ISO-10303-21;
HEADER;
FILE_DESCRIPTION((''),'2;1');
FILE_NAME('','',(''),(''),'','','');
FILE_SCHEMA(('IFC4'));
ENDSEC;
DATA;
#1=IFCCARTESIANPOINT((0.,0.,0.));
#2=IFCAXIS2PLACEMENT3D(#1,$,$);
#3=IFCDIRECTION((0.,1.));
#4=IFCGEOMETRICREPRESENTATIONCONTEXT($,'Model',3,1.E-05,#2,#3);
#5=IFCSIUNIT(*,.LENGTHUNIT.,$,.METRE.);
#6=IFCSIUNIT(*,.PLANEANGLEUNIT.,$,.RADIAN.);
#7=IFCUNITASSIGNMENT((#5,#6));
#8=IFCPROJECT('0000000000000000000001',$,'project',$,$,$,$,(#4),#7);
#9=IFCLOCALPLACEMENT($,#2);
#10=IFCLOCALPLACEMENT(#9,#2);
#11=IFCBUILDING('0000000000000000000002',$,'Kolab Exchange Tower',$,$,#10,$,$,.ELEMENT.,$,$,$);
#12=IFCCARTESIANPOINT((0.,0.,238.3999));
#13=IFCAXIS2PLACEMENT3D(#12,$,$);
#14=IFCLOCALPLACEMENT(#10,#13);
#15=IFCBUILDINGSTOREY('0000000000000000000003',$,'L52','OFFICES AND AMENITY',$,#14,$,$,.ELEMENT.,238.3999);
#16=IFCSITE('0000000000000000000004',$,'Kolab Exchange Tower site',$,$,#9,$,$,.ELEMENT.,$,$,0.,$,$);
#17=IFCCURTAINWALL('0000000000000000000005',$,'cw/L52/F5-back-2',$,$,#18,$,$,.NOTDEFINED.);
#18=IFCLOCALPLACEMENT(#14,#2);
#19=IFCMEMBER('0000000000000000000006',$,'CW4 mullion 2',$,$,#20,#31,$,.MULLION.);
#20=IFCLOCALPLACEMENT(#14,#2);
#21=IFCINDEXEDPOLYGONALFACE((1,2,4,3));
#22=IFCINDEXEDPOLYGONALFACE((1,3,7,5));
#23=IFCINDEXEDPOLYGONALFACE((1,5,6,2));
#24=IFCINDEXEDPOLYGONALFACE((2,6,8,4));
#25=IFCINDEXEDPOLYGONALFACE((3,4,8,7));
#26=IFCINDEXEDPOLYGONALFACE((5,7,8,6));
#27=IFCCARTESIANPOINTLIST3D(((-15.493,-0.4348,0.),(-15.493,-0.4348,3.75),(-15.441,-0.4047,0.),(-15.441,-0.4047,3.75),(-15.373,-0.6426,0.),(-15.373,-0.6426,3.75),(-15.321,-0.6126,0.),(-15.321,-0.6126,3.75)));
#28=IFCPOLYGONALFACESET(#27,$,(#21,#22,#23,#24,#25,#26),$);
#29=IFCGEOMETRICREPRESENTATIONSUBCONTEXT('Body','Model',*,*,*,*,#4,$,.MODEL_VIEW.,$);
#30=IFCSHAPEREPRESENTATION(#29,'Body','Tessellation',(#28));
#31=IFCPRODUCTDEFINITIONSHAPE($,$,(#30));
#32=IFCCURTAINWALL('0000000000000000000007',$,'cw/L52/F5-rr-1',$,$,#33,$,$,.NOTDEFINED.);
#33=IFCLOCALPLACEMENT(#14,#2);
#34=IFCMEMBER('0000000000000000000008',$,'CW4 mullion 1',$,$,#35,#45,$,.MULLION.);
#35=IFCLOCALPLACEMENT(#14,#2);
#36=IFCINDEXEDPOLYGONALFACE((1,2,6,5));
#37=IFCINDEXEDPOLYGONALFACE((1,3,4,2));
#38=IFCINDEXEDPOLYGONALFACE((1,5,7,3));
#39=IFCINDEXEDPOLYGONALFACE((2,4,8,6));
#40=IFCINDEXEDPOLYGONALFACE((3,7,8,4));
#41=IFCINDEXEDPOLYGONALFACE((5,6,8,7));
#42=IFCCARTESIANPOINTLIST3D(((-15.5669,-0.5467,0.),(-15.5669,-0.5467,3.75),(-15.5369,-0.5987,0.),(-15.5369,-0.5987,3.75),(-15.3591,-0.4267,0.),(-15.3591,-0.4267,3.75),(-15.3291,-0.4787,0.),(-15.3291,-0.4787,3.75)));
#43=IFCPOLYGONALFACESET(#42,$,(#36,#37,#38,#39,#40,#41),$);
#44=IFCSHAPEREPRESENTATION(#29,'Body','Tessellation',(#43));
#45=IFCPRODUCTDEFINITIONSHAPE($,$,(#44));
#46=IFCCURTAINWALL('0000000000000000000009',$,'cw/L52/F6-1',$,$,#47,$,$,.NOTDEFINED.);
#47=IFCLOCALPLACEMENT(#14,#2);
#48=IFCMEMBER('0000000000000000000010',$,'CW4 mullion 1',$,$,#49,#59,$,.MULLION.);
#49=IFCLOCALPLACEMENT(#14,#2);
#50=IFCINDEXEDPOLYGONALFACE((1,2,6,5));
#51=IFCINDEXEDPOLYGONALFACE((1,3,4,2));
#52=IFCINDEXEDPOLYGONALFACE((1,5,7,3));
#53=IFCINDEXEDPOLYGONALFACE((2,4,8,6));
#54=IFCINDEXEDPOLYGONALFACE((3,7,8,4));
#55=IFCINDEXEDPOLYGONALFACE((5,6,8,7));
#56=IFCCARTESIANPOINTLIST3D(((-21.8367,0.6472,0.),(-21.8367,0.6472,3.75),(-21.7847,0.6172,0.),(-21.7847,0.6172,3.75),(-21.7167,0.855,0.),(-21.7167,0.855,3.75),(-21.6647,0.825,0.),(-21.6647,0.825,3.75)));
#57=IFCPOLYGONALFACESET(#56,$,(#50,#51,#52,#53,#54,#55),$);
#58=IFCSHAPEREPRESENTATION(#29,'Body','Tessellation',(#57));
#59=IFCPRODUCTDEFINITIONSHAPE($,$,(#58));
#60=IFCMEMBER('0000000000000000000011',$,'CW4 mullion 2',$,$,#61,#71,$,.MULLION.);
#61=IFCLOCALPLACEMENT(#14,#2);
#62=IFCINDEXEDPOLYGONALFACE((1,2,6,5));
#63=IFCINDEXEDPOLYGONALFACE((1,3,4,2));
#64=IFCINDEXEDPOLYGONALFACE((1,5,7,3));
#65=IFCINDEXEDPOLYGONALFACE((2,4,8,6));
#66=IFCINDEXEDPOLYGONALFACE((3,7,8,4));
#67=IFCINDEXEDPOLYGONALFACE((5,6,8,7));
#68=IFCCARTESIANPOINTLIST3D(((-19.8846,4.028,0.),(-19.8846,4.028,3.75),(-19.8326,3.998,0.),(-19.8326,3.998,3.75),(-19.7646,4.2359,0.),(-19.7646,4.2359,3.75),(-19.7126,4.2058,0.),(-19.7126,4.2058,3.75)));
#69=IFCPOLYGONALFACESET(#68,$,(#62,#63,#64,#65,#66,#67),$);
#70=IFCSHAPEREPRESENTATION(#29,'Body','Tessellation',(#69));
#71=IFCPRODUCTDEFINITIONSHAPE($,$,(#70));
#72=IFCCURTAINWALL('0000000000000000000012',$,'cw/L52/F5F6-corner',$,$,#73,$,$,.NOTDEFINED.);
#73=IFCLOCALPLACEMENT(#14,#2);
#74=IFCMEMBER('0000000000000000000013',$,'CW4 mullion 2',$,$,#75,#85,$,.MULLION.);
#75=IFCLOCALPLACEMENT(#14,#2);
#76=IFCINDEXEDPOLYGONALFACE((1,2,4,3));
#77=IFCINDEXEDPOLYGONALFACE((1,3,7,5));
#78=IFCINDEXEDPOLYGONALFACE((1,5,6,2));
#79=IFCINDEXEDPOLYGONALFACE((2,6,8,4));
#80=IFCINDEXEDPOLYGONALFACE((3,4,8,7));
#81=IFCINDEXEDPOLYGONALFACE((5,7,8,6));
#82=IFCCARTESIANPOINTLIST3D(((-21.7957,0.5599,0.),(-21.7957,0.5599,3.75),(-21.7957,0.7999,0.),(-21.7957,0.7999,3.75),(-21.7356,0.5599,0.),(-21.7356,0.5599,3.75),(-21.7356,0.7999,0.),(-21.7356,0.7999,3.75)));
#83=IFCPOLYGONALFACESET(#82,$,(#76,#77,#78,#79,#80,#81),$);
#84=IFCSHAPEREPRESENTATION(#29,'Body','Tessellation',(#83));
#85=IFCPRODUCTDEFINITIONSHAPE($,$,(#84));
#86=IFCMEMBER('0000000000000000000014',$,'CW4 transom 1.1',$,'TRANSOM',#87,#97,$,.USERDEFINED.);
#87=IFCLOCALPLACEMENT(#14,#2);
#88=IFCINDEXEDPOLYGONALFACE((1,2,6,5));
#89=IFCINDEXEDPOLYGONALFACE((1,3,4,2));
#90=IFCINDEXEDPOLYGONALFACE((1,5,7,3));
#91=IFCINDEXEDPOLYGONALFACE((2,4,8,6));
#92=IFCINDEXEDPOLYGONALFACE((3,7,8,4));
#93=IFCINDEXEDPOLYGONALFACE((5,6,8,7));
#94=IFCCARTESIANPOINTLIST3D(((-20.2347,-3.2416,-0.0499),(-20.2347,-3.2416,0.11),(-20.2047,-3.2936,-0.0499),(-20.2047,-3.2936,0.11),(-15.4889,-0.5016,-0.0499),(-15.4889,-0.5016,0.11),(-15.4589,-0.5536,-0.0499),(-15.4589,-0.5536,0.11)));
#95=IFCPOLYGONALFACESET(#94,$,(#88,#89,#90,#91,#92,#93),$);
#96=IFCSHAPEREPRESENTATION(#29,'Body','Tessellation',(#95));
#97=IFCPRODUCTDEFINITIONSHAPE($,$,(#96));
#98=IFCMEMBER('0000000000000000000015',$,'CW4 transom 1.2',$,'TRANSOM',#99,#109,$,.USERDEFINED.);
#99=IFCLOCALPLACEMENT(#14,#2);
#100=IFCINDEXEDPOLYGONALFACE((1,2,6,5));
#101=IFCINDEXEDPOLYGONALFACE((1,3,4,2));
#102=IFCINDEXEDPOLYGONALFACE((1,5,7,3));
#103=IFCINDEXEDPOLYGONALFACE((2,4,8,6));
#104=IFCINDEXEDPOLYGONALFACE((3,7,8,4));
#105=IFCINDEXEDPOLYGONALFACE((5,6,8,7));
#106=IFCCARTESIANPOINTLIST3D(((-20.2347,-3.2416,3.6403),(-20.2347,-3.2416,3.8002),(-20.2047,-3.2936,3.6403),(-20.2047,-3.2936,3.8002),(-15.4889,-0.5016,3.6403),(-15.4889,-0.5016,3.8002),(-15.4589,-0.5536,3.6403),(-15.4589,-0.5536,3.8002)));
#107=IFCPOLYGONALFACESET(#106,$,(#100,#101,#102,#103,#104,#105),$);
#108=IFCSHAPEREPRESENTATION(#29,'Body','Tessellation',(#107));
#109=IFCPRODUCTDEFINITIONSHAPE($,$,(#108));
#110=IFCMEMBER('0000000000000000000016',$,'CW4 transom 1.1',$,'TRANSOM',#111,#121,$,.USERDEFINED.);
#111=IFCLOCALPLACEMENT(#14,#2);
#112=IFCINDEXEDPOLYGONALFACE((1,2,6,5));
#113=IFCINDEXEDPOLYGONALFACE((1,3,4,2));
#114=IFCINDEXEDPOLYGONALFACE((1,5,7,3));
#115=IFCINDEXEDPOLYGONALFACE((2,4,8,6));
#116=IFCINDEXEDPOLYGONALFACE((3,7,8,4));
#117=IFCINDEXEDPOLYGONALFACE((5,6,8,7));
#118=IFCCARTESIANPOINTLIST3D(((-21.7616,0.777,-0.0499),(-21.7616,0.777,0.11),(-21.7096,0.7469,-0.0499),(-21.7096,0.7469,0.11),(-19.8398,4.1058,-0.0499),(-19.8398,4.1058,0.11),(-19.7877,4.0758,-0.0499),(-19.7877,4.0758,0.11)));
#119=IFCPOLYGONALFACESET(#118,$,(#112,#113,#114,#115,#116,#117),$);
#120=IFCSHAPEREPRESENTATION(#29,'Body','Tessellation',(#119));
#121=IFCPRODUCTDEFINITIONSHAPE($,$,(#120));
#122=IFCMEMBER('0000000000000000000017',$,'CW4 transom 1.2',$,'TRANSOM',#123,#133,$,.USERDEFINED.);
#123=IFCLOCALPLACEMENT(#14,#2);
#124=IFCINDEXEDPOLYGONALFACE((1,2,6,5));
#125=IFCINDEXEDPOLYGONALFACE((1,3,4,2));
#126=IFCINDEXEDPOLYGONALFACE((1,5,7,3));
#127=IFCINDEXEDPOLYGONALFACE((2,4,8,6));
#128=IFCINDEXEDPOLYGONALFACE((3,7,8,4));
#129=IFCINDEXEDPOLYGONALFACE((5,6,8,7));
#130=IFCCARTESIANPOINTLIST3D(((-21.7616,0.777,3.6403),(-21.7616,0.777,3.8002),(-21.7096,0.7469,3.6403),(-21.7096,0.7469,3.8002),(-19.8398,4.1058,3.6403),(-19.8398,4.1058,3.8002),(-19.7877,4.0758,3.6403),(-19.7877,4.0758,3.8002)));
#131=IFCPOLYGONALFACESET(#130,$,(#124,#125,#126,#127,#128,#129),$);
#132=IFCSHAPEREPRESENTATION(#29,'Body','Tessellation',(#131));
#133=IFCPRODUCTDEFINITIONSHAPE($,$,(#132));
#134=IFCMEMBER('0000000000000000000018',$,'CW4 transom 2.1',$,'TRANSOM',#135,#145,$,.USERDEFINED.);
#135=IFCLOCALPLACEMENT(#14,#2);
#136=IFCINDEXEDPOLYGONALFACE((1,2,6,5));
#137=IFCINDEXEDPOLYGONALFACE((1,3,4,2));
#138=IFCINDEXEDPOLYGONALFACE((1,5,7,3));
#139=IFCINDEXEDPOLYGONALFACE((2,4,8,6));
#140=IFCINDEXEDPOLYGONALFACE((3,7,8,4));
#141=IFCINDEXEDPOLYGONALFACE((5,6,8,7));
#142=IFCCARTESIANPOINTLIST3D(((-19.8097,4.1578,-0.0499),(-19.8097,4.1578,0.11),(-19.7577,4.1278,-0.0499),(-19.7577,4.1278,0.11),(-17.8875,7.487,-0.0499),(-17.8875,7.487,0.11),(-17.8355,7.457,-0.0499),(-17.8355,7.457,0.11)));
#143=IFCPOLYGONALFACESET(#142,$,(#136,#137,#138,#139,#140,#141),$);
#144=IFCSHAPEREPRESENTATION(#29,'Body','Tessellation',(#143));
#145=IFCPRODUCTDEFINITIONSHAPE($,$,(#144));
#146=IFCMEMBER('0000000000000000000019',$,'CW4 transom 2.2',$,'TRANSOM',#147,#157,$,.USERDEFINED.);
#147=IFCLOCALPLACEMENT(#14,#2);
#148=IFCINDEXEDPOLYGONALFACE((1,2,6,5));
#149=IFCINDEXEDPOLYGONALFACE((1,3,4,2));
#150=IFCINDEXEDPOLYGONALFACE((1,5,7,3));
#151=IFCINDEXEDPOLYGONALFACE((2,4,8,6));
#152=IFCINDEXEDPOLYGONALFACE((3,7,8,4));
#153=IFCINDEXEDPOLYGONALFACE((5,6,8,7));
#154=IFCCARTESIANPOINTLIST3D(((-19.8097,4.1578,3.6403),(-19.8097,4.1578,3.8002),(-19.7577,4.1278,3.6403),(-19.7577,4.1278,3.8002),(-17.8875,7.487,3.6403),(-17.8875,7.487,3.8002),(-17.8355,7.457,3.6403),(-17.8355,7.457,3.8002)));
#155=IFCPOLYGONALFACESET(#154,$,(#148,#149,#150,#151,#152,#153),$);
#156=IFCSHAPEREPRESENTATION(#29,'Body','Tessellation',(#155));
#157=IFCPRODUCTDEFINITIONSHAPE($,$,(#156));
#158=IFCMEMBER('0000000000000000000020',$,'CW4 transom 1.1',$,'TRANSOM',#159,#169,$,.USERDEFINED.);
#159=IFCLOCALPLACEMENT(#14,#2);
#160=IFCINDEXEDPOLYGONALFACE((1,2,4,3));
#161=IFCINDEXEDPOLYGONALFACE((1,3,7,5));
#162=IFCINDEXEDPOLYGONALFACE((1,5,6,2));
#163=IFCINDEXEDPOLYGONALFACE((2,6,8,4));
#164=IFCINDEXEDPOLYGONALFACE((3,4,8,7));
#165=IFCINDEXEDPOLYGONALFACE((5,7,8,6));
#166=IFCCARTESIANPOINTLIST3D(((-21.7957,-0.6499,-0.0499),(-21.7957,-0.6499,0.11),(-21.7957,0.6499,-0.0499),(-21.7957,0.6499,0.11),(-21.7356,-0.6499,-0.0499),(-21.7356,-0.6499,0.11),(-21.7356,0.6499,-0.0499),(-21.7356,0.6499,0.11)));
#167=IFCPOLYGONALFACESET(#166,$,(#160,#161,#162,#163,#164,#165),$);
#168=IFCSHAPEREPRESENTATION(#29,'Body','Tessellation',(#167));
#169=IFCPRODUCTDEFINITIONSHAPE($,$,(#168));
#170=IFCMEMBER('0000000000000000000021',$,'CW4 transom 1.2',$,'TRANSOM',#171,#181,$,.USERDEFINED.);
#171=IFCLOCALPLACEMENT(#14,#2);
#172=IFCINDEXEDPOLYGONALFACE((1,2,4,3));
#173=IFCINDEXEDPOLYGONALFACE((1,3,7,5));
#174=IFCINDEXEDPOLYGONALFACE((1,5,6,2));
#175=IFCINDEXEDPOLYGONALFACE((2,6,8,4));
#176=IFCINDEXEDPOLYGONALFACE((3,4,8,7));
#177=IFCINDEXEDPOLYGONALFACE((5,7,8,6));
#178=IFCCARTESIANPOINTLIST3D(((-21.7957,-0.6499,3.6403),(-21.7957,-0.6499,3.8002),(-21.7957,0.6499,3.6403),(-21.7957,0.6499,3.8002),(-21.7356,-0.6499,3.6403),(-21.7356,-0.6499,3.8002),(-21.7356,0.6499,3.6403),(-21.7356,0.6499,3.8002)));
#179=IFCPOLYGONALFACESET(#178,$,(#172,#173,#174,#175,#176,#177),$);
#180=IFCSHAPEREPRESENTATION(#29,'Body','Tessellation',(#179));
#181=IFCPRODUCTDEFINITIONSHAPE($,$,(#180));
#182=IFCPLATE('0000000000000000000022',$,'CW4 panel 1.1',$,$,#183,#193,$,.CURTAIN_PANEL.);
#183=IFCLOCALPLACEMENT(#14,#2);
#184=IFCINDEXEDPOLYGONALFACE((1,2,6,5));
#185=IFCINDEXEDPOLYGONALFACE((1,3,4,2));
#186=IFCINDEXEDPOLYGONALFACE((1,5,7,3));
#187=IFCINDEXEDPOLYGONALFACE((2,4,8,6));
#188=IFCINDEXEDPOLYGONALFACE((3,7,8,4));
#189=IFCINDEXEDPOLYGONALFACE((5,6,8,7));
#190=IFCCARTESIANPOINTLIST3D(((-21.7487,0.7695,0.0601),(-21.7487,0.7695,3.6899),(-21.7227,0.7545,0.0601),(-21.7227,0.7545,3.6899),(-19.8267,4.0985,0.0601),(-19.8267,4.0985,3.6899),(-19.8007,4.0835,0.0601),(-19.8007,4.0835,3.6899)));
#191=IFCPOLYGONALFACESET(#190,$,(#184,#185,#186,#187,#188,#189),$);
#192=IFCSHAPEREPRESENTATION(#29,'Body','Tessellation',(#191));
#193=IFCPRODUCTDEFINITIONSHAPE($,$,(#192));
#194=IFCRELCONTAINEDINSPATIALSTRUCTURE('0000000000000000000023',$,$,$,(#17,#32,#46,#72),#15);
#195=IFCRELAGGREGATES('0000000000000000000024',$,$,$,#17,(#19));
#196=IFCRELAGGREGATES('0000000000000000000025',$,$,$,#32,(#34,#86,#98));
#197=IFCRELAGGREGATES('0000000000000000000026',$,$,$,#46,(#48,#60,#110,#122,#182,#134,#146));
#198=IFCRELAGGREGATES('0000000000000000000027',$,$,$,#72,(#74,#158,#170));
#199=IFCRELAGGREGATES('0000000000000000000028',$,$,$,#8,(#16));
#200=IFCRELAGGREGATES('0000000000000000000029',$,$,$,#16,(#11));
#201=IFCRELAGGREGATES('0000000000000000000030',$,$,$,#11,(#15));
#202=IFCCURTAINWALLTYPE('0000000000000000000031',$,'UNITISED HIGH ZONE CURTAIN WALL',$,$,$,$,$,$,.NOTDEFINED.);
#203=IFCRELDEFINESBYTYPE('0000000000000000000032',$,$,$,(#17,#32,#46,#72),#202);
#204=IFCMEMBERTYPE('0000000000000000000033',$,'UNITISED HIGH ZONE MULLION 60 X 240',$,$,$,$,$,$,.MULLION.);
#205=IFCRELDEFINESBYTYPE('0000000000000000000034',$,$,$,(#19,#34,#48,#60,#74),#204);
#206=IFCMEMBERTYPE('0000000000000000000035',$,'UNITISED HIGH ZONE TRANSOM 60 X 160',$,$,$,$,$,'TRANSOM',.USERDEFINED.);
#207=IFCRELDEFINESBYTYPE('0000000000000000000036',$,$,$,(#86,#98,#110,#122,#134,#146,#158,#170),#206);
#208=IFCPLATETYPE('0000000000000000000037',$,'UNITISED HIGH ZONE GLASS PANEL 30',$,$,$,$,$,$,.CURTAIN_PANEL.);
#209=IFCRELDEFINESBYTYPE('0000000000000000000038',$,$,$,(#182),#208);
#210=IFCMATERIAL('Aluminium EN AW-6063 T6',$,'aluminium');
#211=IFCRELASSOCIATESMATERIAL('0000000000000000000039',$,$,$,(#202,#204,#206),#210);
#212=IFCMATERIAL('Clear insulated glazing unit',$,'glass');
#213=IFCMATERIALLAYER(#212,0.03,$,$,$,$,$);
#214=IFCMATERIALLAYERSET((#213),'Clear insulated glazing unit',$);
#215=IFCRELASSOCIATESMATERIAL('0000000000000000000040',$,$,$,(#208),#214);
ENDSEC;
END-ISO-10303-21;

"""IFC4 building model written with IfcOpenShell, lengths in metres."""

from ifc_helpers import new_model, si_unit, direction, frame, origin, origin_2d, place, context, subcontext, project, spatial, rectangle, extrude, material, layer, layer_set, material_profile, profile_set, type_object, element, aggregate, save


model = new_model("IFC4")

# Units and contexts
model_context = context("Model", 3, precision=1e-05, world=origin(), true_north=direction((0.0, 1.0)))
body_context = subcontext(model_context, "Body", "Model", "MODEL_VIEW")
ifc_project = project(units=[si_unit("LENGTHUNIT", "METRE"), si_unit("PLANEANGLEUNIT", "RADIAN")], contexts=[model_context])

# Site, building, storey
site_placement = place(None, origin())
site = spatial("IfcSite", under=ifc_project, at=site_placement, Name="Kolab Exchange Tower site", CompositionType="ELEMENT", RefElevation=0.0)
building_placement = place(site_placement, origin())
building = spatial("IfcBuilding", under=site, at=building_placement, Name="Kolab Exchange Tower", CompositionType="ELEMENT")
storey_placement = place(building_placement, frame((0.0, 0.0, 238.3999)))
storey = spatial("IfcBuildingStorey", under=building, at=storey_placement, Name="L52", Description="OFFICES AND AMENITY", CompositionType="ELEMENT", Elevation=238.3999)

# Curtain walls, members
ifc_material_1 = material(Name="Aluminium EN AW-6063 T6", Category="aluminium")
curtain_wall_type = type_object("IfcCurtainWallType", Name="UNITISED HIGH ZONE CURTAIN WALL", PredefinedType="NOTDEFINED", material=ifc_material_1)
curtain_wall_1_placement = place(storey_placement, origin())
curtain_wall_1 = element("IfcCurtainWall", 1, at=curtain_wall_1_placement, inside=storey, type_object=curtain_wall_type, Name="cw/L52/F5-back-2", PredefinedType="NOTDEFINED")
ifc_material_profile_1 = material_profile(ifc_material_1, rectangle(XDim=0.0601, YDim=0.24, at=origin_2d()), Name="RECT 60X240")
ifc_profile_set_1 = profile_set([ifc_material_profile_1], Name="Aluminium EN AW-6063 T6")
member_type_1 = type_object("IfcMemberType", Name="UNITISED HIGH ZONE MULLION 60 X 240", PredefinedType="MULLION", material=ifc_profile_set_1)
member_1_placement = place(storey_placement, frame((-15.407, -0.5237, 0.0), z_axis=(0.0, 0.0, 1.0), x_axis=(-0.866025, -0.5, 0.0)))
member_1 = element("IfcMember", 2, at=member_1_placement, type_object=member_type_1, Name="CW4 mullion 2", PredefinedType="MULLION", context=body_context, shape_type="SweptSolid", body=[
    extrude(rectangle(XDim=0.0601, YDim=0.24, at=origin_2d()), origin(), (0.0, 0.0, 1.0), 3.75),
])
aggregate(curtain_wall_1, [member_1])
curtain_wall_2_placement = place(storey_placement, origin())
curtain_wall_2 = element("IfcCurtainWall", 3, at=curtain_wall_2_placement, inside=storey, type_object=curtain_wall_type, Name="cw/L52/F5-rr-1", PredefinedType="NOTDEFINED")
member_2_placement = place(storey_placement, frame((-15.448, -0.5127, 0.0), z_axis=(0.0, 0.0, 1.0), x_axis=(0.5, -0.866025, 0.0)))
member_2 = element("IfcMember", 4, at=member_2_placement, type_object=member_type_1, Name="CW4 mullion 1", PredefinedType="MULLION", context=body_context, shape_type="SweptSolid", body=[
    extrude(rectangle(XDim=0.0601, YDim=0.24, at=origin_2d()), origin(), (0.0, 0.0, 1.0), 3.75),
])

# Curtain wall, members
curtain_wall_3_placement = place(storey_placement, origin())
curtain_wall_3 = element("IfcCurtainWall", 5, at=curtain_wall_3_placement, inside=storey, type_object=curtain_wall_type, Name="cw/L52/F6-1", PredefinedType="NOTDEFINED")
member_3_placement = place(storey_placement, frame((-21.7507, 0.7361, 0.0), z_axis=(0.0, 0.0, 1.0), x_axis=(-0.866025, 0.5, 0.0)))
member_3 = element("IfcMember", 6, at=member_3_placement, type_object=member_type_1, Name="CW4 mullion 1", PredefinedType="MULLION", context=body_context, shape_type="SweptSolid", body=[
    extrude(rectangle(XDim=0.0601, YDim=0.24, at=origin_2d()), origin(), (0.0, 0.0, 1.0), 3.75),
])
member_4_placement = place(storey_placement, frame((-19.7986, 4.1169, 0.0), z_axis=(0.0, 0.0, 1.0), x_axis=(-0.866025, 0.5, 0.0)))
member_4 = element("IfcMember", 7, at=member_4_placement, type_object=member_type_1, Name="CW4 mullion 2", PredefinedType="MULLION", context=body_context, shape_type="SweptSolid", body=[
    extrude(rectangle(XDim=0.0601, YDim=0.24, at=origin_2d()), origin(), (0.0, 0.0, 1.0), 3.75),
])

# Curtain wall, member
curtain_wall_4_placement = place(storey_placement, origin())
curtain_wall_4 = element("IfcCurtainWall", 8, at=curtain_wall_4_placement, inside=storey, type_object=curtain_wall_type, Name="cw/L52/F5F6-corner", PredefinedType="NOTDEFINED")
member_5_placement = place(storey_placement, frame((-21.7656, 0.6799, 0.0), z_axis=(0.0, 0.0, 1.0), x_axis=(-1.0, 0.0, 0.0)))
member_5 = element("IfcMember", 9, at=member_5_placement, type_object=member_type_1, Name="CW4 mullion 2", PredefinedType="MULLION", context=body_context, shape_type="SweptSolid", body=[
    extrude(rectangle(XDim=0.0601, YDim=0.24, at=origin_2d()), origin(), (0.0, 0.0, 1.0), 3.75),
])

# Members
ifc_material_profile_2 = material_profile(ifc_material_1, rectangle(XDim=0.0601, YDim=0.1599, at=origin_2d()), Name="RECT 60X160")
ifc_profile_set_2 = profile_set([ifc_material_profile_2], Name="Aluminium EN AW-6063 T6")
member_type_2 = type_object("IfcMemberType", Name="UNITISED HIGH ZONE TRANSOM 60 X 160", ElementType="TRANSOM", PredefinedType="USERDEFINED", material=ifc_profile_set_2)
member_6_placement = place(storey_placement, frame((-15.4739, -0.5276, 0.03), z_axis=(-0.866028, -0.499996, 0.0), x_axis=(0.499996, -0.866028, 0.0)))
member_6 = element("IfcMember", 10, at=member_6_placement, type_object=member_type_2, Name="CW4 transom 1.1", ObjectType="TRANSOM", PredefinedType="USERDEFINED", context=body_context, shape_type="SweptSolid", body=[
    extrude(rectangle(XDim=0.0601, YDim=0.1599, at=origin_2d()), origin(), (0.0, 0.0, 1.0), 5.48),
])
member_7_placement = place(storey_placement, frame((-15.4739, -0.5276, 3.7202), z_axis=(-0.866028, -0.499996, 0.0), x_axis=(0.499996, -0.866028, 0.0)))
member_7 = element("IfcMember", 11, at=member_7_placement, type_object=member_type_2, Name="CW4 transom 1.2", ObjectType="TRANSOM", PredefinedType="USERDEFINED", context=body_context, shape_type="SweptSolid", body=[
    extrude(rectangle(XDim=0.0601, YDim=0.1599, at=origin_2d()), origin(), (0.0, 0.0, 1.0), 5.48),
])
aggregate(curtain_wall_2, [member_2, member_6, member_7])
member_8_placement = place(storey_placement, frame((-21.7356, 0.762, 0.03), z_axis=(0.499992, 0.86603, 0.0), x_axis=(-0.86603, 0.499992, 0.0)))
member_8 = element("IfcMember", 12, at=member_8_placement, type_object=member_type_2, Name="CW4 transom 1.1", ObjectType="TRANSOM", PredefinedType="USERDEFINED", context=body_context, shape_type="SweptSolid", body=[
    extrude(rectangle(XDim=0.0601, YDim=0.1599, at=origin_2d()), origin(), (0.0, 0.0, 1.0), 3.8438),
])
member_9_placement = place(storey_placement, frame((-21.7356, 0.762, 3.7202), z_axis=(0.499992, 0.86603, 0.0), x_axis=(-0.86603, 0.499992, 0.0)))
member_9 = element("IfcMember", 13, at=member_9_placement, type_object=member_type_2, Name="CW4 transom 1.2", ObjectType="TRANSOM", PredefinedType="USERDEFINED", context=body_context, shape_type="SweptSolid", body=[
    extrude(rectangle(XDim=0.0601, YDim=0.1599, at=origin_2d()), origin(), (0.0, 0.0, 1.0), 3.8438),
])
member_10_placement = place(storey_placement, frame((-19.7837, 4.1428, 0.03), z_axis=(0.500012, 0.866018, 0.0), x_axis=(-0.866018, 0.500012, 0.0)))
member_10 = element("IfcMember", 14, at=member_10_placement, type_object=member_type_2, Name="CW4 transom 2.1", ObjectType="TRANSOM", PredefinedType="USERDEFINED", context=body_context, shape_type="SweptSolid", body=[
    extrude(rectangle(XDim=0.0601, YDim=0.1599, at=origin_2d()), origin(), (0.0, 0.0, 1.0), 3.8442),
])
member_11_placement = place(storey_placement, frame((-19.7837, 4.1428, 3.7202), z_axis=(0.500012, 0.866018, 0.0), x_axis=(-0.866018, 0.500012, 0.0)))
member_11 = element("IfcMember", 15, at=member_11_placement, type_object=member_type_2, Name="CW4 transom 2.2", ObjectType="TRANSOM", PredefinedType="USERDEFINED", context=body_context, shape_type="SweptSolid", body=[
    extrude(rectangle(XDim=0.0601, YDim=0.1599, at=origin_2d()), origin(), (0.0, 0.0, 1.0), 3.8442),
])
member_12_placement = place(storey_placement, frame((-21.7656, -0.6499, 0.03), z_axis=(0.0, 1.0, 0.0), x_axis=(-1.0, 0.0, 0.0)))
member_12 = element("IfcMember", 16, at=member_12_placement, type_object=member_type_2, Name="CW4 transom 1.1", ObjectType="TRANSOM", PredefinedType="USERDEFINED", context=body_context, shape_type="SweptSolid", body=[
    extrude(rectangle(XDim=0.0601, YDim=0.1599, at=origin_2d()), origin(), (0.0, 0.0, 1.0), 1.2998),
])
member_13_placement = place(storey_placement, frame((-21.7656, -0.6499, 3.7202), z_axis=(0.0, 1.0, 0.0), x_axis=(-1.0, 0.0, 0.0)))
member_13 = element("IfcMember", 17, at=member_13_placement, type_object=member_type_2, Name="CW4 transom 1.2", ObjectType="TRANSOM", PredefinedType="USERDEFINED", context=body_context, shape_type="SweptSolid", body=[
    extrude(rectangle(XDim=0.0601, YDim=0.1599, at=origin_2d()), origin(), (0.0, 0.0, 1.0), 1.2998),
])

# Plate
ifc_material_2 = material(Name="Clear insulated glazing unit", Category="glass")
ifc_layer = layer(ifc_material_2, 0.03)
ifc_layer_set = layer_set([ifc_layer], Name="Clear insulated glazing unit")
plate_type = type_object("IfcPlateType", Name="UNITISED HIGH ZONE GLASS PANEL 30", PredefinedType="CURTAIN_PANEL", material=ifc_layer_set)
plate_1_placement = place(storey_placement, frame((-20.7747, 2.4265, 0.0601), z_axis=(0.0, 0.0, 1.0), x_axis=(0.5, 0.866025, 0.0)))
plate_1 = element("IfcPlate", 18, at=plate_1_placement, type_object=plate_type, Name="CW4 panel 1.1", PredefinedType="CURTAIN_PANEL", context=body_context, shape_type="SweptSolid", body=[
    extrude(rectangle(XDim=3.844, YDim=0.03, at=origin_2d()), origin(), (0.0, 0.0, 1.0), 3.6299),
])
aggregate(curtain_wall_3, [member_3, member_4, member_8, member_9, plate_1, member_10, member_11])
aggregate(curtain_wall_4, [member_5, member_12, member_13])

save(model, "model.ifc")
